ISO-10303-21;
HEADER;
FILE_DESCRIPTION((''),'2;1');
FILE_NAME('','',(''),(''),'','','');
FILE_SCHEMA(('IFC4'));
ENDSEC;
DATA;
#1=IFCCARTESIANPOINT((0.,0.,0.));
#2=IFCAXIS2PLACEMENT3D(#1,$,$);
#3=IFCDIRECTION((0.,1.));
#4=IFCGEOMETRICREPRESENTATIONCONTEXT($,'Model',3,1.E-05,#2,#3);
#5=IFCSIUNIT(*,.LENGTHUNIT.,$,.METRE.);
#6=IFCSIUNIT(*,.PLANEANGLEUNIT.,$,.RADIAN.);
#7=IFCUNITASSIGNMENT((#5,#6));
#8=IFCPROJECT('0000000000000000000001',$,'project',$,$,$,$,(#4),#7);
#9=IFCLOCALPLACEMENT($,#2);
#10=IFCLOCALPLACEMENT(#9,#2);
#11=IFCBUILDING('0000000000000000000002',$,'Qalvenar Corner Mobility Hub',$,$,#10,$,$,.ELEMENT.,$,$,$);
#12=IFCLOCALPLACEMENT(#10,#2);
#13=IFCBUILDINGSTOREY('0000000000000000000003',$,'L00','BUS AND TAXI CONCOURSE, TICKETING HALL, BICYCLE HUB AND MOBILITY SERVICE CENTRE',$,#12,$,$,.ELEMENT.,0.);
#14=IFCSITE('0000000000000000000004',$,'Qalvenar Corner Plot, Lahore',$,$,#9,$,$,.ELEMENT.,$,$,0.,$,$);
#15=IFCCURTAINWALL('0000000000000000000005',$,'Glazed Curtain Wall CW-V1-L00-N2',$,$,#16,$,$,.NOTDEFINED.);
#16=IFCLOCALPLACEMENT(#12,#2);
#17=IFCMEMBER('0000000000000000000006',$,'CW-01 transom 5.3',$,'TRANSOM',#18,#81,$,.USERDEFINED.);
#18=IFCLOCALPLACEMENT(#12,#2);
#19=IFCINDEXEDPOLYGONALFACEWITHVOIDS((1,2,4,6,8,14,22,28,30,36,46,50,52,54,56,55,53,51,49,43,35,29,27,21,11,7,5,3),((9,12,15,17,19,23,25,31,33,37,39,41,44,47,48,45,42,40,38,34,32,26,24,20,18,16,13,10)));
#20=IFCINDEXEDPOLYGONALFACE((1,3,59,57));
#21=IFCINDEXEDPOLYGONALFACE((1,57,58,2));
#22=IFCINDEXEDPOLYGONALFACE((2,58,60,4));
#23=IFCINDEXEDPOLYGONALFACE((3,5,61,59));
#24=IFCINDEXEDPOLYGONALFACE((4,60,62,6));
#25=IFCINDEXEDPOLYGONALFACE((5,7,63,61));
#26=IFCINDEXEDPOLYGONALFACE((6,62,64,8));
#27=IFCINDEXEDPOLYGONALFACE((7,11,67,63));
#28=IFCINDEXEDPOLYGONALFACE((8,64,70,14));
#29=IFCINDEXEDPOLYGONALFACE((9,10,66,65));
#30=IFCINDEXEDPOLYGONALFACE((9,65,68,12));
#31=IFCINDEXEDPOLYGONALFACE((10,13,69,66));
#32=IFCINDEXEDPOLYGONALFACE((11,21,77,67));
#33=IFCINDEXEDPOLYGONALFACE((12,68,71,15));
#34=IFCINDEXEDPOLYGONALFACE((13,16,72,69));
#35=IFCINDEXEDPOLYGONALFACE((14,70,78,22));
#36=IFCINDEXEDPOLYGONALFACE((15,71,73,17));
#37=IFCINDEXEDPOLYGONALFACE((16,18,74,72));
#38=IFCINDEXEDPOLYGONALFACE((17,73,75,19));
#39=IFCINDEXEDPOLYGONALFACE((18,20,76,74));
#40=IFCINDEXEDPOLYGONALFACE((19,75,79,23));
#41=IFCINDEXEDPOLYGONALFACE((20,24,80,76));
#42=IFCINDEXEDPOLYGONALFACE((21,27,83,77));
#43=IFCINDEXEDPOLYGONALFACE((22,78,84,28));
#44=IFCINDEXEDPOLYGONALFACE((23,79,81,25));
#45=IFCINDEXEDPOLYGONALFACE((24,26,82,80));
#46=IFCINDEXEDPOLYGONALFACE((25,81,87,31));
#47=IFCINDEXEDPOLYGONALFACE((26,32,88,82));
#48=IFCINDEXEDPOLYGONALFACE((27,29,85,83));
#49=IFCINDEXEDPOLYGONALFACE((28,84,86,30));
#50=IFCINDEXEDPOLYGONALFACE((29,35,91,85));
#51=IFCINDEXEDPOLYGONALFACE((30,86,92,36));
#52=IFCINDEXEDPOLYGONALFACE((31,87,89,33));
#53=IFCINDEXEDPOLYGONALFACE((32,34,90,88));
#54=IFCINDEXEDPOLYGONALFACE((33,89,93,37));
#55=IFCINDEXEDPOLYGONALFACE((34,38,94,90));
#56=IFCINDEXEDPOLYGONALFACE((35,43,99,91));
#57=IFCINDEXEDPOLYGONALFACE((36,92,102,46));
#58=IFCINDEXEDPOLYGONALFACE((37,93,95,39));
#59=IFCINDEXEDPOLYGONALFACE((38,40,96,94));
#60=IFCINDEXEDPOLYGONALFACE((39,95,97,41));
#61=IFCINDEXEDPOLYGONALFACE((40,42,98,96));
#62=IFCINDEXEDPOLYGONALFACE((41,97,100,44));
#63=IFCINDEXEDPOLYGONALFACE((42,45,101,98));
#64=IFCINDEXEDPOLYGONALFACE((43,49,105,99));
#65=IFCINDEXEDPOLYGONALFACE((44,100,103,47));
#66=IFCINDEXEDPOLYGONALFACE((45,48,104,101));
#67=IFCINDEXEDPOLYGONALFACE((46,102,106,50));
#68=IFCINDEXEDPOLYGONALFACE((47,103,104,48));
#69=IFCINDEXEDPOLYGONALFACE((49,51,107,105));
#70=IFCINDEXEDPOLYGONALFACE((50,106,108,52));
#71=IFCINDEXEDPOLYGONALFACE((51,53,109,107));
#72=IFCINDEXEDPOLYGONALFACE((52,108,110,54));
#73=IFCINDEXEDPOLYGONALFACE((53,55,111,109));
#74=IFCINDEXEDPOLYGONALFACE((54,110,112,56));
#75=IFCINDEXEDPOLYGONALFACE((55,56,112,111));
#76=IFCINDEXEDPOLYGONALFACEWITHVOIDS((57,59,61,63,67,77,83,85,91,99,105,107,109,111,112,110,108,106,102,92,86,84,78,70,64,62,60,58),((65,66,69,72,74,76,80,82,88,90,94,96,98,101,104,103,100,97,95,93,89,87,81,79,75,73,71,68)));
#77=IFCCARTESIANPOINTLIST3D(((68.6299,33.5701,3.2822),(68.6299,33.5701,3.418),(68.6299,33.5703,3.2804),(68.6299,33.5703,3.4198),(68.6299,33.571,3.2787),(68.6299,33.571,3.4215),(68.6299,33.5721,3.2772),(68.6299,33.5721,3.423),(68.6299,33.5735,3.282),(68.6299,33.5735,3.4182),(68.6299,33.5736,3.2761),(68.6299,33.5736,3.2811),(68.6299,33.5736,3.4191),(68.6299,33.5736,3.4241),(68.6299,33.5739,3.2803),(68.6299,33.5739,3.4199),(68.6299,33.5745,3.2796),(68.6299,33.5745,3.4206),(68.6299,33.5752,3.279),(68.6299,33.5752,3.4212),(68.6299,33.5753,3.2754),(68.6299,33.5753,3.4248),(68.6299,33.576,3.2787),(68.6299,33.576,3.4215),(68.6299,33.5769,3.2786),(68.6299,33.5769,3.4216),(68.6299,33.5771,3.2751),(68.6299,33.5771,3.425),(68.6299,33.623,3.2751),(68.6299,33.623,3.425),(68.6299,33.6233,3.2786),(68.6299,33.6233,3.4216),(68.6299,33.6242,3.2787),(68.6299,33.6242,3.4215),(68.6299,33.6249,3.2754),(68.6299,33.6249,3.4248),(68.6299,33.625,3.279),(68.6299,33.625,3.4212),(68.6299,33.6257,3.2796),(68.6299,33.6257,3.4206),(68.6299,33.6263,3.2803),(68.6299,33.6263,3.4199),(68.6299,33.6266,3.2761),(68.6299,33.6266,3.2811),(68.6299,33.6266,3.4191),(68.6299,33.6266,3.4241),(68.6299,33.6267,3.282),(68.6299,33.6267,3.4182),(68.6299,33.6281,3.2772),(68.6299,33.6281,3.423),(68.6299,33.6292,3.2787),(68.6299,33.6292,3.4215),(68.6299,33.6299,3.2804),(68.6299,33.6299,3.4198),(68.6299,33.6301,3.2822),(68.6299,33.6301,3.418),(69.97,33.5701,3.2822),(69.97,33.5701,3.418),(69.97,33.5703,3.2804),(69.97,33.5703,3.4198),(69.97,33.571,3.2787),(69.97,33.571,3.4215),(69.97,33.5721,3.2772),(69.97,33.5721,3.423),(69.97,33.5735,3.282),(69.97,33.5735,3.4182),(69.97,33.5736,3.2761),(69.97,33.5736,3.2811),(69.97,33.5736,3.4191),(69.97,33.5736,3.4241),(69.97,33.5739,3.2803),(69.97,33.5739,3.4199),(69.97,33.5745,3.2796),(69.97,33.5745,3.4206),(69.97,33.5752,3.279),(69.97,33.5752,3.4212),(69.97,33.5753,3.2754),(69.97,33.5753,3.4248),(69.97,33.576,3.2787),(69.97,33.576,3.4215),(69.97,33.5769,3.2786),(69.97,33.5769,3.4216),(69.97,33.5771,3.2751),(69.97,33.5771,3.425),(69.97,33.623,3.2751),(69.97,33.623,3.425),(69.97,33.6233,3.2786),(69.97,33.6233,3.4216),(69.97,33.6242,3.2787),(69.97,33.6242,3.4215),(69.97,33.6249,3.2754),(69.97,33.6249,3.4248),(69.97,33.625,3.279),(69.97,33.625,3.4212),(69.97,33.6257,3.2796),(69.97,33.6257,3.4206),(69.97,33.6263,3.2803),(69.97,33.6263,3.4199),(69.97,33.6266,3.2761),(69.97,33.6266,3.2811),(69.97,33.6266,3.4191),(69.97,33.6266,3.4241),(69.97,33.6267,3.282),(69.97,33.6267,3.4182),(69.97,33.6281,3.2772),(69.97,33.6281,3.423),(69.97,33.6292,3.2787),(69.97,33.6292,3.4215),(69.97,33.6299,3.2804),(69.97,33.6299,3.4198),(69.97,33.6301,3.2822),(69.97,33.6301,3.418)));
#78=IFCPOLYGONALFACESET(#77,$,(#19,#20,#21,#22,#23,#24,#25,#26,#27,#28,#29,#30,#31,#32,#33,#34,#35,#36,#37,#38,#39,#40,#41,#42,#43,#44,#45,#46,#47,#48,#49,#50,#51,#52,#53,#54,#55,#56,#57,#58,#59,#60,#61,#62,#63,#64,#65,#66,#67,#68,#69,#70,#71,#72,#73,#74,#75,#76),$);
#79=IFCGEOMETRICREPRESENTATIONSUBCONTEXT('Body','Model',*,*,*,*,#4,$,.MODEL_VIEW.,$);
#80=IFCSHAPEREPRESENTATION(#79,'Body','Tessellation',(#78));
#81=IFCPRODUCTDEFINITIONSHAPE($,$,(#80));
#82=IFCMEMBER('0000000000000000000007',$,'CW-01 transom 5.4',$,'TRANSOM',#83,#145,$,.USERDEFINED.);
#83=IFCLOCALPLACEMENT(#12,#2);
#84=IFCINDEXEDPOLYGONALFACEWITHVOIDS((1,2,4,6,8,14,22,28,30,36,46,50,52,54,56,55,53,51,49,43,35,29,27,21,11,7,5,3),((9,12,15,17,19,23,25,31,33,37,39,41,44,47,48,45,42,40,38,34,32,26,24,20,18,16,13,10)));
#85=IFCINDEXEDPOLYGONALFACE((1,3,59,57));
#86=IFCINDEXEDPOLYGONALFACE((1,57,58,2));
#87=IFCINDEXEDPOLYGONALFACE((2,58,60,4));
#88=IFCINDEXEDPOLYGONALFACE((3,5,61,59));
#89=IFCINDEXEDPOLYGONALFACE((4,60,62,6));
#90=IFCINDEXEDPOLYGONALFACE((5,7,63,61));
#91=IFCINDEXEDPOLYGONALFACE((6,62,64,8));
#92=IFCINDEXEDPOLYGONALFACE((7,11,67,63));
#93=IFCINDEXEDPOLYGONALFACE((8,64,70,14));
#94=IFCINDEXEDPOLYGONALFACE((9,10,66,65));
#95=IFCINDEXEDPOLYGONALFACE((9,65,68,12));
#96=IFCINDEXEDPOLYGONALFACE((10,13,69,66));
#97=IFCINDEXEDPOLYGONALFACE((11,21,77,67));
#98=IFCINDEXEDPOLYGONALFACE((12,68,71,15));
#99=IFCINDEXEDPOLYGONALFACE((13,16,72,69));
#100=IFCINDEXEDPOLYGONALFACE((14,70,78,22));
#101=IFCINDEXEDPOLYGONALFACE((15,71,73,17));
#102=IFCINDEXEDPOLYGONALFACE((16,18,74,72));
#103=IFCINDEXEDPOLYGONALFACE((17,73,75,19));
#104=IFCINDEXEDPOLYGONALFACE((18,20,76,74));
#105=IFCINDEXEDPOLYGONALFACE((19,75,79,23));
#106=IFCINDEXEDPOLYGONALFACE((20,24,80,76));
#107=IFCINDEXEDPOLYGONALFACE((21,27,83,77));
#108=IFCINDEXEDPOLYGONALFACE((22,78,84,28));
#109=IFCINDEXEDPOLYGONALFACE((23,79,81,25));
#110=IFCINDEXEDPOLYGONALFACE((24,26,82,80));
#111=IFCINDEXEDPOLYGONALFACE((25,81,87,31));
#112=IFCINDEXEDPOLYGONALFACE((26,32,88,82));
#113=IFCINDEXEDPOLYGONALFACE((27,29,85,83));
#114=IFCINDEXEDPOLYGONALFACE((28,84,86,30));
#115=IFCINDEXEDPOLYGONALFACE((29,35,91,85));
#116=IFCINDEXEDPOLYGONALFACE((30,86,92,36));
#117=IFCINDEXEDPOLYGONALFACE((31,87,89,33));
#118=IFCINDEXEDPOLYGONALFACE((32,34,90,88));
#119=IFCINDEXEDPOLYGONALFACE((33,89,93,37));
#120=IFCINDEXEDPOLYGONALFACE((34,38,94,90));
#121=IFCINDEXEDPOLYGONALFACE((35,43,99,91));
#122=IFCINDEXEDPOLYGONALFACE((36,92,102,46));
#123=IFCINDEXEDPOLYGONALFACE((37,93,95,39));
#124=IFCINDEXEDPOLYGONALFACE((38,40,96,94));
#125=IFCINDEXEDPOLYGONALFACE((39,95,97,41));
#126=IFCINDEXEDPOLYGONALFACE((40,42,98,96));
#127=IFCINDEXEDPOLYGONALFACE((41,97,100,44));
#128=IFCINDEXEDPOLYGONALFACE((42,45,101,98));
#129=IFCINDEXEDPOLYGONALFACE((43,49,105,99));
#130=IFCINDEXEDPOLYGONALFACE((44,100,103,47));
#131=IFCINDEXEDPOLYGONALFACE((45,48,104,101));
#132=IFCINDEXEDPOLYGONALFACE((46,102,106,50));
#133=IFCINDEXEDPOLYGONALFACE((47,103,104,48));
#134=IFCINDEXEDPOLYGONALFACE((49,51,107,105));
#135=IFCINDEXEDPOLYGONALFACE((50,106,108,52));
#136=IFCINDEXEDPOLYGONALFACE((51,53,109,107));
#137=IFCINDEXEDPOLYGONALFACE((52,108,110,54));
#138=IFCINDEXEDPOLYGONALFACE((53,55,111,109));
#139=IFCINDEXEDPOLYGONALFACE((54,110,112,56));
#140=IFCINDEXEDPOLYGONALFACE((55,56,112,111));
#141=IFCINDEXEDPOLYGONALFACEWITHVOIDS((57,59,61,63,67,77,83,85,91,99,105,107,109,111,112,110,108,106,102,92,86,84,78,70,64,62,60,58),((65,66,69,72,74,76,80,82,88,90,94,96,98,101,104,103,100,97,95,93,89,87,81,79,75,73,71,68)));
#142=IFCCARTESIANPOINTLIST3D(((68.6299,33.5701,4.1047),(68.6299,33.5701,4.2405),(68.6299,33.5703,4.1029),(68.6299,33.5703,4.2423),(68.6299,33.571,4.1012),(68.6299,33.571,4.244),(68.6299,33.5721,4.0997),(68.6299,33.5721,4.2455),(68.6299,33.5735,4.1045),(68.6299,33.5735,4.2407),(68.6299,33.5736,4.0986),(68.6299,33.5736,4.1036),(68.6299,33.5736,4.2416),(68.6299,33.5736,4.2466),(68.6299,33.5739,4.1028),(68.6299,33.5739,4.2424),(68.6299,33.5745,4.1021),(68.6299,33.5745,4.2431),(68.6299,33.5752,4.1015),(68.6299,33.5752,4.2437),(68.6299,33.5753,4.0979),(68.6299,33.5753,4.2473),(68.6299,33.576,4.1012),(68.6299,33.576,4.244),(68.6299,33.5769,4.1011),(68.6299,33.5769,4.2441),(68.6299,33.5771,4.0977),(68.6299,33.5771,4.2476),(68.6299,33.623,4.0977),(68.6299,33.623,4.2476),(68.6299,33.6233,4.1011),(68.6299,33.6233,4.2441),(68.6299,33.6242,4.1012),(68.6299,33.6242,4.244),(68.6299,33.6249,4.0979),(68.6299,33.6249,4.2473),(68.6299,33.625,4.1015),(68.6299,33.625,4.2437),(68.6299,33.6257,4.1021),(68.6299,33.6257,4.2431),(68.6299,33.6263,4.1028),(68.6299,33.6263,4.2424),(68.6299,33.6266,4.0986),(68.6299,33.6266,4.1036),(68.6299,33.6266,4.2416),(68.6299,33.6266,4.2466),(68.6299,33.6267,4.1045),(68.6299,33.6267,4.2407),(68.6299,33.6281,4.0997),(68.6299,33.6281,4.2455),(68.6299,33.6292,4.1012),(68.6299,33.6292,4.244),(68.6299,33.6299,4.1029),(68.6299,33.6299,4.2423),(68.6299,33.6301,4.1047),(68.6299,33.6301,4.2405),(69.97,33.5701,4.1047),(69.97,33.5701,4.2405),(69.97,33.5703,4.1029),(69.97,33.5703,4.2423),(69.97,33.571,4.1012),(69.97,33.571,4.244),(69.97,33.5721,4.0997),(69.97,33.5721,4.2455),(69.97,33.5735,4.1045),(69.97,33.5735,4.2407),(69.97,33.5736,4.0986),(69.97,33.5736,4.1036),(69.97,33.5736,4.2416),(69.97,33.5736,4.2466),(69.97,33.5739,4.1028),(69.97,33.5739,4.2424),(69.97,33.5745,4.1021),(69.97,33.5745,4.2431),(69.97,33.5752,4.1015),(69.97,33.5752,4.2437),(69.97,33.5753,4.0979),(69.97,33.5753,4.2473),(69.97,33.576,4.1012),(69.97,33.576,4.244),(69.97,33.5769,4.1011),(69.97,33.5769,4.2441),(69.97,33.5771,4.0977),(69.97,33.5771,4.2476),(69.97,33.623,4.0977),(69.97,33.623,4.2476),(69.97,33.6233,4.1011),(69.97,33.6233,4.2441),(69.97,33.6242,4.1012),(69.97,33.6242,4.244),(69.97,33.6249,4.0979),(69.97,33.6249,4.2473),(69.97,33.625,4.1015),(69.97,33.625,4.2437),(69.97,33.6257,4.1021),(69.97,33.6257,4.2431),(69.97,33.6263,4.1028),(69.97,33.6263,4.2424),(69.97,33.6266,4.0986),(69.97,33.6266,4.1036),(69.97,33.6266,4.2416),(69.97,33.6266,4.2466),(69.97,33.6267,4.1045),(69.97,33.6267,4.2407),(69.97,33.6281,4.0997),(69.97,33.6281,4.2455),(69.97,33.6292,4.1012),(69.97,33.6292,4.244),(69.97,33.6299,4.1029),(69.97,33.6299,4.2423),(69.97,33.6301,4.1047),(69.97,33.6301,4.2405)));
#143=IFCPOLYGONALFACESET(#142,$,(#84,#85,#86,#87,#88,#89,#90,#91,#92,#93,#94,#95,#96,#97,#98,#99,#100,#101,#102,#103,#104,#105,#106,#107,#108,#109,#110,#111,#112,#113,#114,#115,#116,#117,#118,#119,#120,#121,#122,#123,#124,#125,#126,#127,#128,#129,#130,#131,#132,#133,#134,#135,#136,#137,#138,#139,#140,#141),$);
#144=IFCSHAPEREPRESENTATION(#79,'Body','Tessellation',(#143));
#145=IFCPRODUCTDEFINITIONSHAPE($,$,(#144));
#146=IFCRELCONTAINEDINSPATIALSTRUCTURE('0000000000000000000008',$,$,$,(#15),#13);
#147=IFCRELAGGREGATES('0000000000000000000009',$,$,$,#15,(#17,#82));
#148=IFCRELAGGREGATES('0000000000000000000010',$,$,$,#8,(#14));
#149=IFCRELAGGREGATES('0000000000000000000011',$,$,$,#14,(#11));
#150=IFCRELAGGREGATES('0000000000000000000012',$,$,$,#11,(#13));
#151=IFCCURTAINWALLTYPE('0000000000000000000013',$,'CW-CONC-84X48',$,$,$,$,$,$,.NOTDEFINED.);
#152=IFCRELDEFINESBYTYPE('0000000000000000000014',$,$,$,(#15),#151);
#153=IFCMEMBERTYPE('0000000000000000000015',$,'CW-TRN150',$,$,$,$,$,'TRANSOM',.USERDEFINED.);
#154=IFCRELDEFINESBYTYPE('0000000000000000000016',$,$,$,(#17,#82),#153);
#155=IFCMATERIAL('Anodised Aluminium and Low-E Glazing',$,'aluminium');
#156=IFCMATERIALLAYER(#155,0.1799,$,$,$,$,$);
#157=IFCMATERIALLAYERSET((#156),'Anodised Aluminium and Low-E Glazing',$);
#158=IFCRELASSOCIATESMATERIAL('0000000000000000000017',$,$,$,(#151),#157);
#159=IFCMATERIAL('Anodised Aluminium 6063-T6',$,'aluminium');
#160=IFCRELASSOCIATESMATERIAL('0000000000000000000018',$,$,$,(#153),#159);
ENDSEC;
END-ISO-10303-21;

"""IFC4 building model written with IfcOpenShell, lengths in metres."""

from ifc_helpers import new_model, si_unit, direction, frame, origin, origin_2d, place, context, subcontext, project, spatial, hollow_rectangle, extrude, material, layer, layer_set, material_profile, profile_set, type_object, element, aggregate, save


model = new_model("IFC4")

# Units and contexts
model_context = context("Model", 3, precision=1e-05, world=origin(), true_north=direction((0.0, 1.0)))
body_context = subcontext(model_context, "Body", "Model", "MODEL_VIEW")
ifc_project = project(units=[si_unit("LENGTHUNIT", "METRE"), si_unit("PLANEANGLEUNIT", "RADIAN")], contexts=[model_context])

# Site, building, storey
site_placement = place(None, origin())
site = spatial("IfcSite", under=ifc_project, at=site_placement, Name="Qalvenar Corner Plot, Lahore", CompositionType="ELEMENT", RefElevation=0.0)
building_placement = place(site_placement, origin())
building = spatial("IfcBuilding", under=site, at=building_placement, Name="Qalvenar Corner Mobility Hub", CompositionType="ELEMENT")
storey_placement = place(building_placement, origin())
storey = spatial("IfcBuildingStorey", under=building, at=storey_placement, Name="L00", Description="BUS AND TAXI CONCOURSE, TICKETING HALL, BICYCLE HUB AND MOBILITY SERVICE CENTRE", CompositionType="ELEMENT", Elevation=0.0)

# Curtain wall, members
ifc_material_1 = material(Name="Anodised Aluminium and Low-E Glazing", Category="aluminium")
ifc_layer_1 = layer(ifc_material_1, 0.1799)
ifc_layer_set_1 = layer_set([ifc_layer_1], Name="Anodised Aluminium and Low-E Glazing")
curtain_wall_type = type_object("IfcCurtainWallType", Name="CW-CONC-84X48", PredefinedType="NOTDEFINED", material=ifc_layer_set_1)
curtain_wall_placement = place(storey_placement, origin())
curtain_wall = element("IfcCurtainWall", 1, at=curtain_wall_placement, inside=storey, type_object=curtain_wall_type, Name="Glazed Curtain Wall CW-V1-L00-N2", PredefinedType="NOTDEFINED")
ifc_material_2 = material(Name="Anodised Aluminium 6063-T6", Category="aluminium")
ifc_material_profile_1 = material_profile(ifc_material_2, hollow_rectangle(XDim=0.0601, YDim=0.1499, WallThickness=0.0034, InnerFilletRadius=0.0034, OuterFilletRadius=0.0071, at=origin_2d()), Name="RHS150x60x3.5")
ifc_profile_set_1 = profile_set([ifc_material_profile_1], Name="Anodised Aluminium 6063-T6")
member_type_1 = type_object("IfcMemberType", Name="CW-TRN150", ElementType="TRANSOM", PredefinedType="USERDEFINED", material=ifc_profile_set_1)
member_1_placement = place(storey_placement, frame((69.97, 33.6001, 3.3501), z_axis=(-1.0, 0.0, 0.0), x_axis=(0.0, -1.0, 0.0)))
member_1 = element("IfcMember", 2, at=member_1_placement, type_object=member_type_1, Name="CW-01 transom 5.3", ObjectType="TRANSOM", PredefinedType="USERDEFINED", context=body_context, shape_type="SweptSolid", body=[
    extrude(hollow_rectangle(XDim=0.0601, YDim=0.1499, WallThickness=0.0034, InnerFilletRadius=0.0034, OuterFilletRadius=0.0071, at=origin_2d()), origin(), (0.0, 0.0, 1.0), 1.3401),
])
member_2_placement = place(storey_placement, frame((69.97, 33.6001, 4.1726), z_axis=(-1.0, 0.0, 0.0), x_axis=(0.0, -1.0, 0.0)))
member_2 = element("IfcMember", 3, at=member_2_placement, type_object=member_type_1, Name="CW-01 transom 5.4", ObjectType="TRANSOM", PredefinedType="USERDEFINED", context=body_context, shape_type="SweptSolid", body=[
    extrude(hollow_rectangle(XDim=0.0601, YDim=0.1499, WallThickness=0.0034, InnerFilletRadius=0.0034, OuterFilletRadius=0.0071, at=origin_2d()), origin(), (0.0, 0.0, 1.0), 1.3401),
])
aggregate(curtain_wall, [member_1, member_2])

save(model, "model.ifc")
